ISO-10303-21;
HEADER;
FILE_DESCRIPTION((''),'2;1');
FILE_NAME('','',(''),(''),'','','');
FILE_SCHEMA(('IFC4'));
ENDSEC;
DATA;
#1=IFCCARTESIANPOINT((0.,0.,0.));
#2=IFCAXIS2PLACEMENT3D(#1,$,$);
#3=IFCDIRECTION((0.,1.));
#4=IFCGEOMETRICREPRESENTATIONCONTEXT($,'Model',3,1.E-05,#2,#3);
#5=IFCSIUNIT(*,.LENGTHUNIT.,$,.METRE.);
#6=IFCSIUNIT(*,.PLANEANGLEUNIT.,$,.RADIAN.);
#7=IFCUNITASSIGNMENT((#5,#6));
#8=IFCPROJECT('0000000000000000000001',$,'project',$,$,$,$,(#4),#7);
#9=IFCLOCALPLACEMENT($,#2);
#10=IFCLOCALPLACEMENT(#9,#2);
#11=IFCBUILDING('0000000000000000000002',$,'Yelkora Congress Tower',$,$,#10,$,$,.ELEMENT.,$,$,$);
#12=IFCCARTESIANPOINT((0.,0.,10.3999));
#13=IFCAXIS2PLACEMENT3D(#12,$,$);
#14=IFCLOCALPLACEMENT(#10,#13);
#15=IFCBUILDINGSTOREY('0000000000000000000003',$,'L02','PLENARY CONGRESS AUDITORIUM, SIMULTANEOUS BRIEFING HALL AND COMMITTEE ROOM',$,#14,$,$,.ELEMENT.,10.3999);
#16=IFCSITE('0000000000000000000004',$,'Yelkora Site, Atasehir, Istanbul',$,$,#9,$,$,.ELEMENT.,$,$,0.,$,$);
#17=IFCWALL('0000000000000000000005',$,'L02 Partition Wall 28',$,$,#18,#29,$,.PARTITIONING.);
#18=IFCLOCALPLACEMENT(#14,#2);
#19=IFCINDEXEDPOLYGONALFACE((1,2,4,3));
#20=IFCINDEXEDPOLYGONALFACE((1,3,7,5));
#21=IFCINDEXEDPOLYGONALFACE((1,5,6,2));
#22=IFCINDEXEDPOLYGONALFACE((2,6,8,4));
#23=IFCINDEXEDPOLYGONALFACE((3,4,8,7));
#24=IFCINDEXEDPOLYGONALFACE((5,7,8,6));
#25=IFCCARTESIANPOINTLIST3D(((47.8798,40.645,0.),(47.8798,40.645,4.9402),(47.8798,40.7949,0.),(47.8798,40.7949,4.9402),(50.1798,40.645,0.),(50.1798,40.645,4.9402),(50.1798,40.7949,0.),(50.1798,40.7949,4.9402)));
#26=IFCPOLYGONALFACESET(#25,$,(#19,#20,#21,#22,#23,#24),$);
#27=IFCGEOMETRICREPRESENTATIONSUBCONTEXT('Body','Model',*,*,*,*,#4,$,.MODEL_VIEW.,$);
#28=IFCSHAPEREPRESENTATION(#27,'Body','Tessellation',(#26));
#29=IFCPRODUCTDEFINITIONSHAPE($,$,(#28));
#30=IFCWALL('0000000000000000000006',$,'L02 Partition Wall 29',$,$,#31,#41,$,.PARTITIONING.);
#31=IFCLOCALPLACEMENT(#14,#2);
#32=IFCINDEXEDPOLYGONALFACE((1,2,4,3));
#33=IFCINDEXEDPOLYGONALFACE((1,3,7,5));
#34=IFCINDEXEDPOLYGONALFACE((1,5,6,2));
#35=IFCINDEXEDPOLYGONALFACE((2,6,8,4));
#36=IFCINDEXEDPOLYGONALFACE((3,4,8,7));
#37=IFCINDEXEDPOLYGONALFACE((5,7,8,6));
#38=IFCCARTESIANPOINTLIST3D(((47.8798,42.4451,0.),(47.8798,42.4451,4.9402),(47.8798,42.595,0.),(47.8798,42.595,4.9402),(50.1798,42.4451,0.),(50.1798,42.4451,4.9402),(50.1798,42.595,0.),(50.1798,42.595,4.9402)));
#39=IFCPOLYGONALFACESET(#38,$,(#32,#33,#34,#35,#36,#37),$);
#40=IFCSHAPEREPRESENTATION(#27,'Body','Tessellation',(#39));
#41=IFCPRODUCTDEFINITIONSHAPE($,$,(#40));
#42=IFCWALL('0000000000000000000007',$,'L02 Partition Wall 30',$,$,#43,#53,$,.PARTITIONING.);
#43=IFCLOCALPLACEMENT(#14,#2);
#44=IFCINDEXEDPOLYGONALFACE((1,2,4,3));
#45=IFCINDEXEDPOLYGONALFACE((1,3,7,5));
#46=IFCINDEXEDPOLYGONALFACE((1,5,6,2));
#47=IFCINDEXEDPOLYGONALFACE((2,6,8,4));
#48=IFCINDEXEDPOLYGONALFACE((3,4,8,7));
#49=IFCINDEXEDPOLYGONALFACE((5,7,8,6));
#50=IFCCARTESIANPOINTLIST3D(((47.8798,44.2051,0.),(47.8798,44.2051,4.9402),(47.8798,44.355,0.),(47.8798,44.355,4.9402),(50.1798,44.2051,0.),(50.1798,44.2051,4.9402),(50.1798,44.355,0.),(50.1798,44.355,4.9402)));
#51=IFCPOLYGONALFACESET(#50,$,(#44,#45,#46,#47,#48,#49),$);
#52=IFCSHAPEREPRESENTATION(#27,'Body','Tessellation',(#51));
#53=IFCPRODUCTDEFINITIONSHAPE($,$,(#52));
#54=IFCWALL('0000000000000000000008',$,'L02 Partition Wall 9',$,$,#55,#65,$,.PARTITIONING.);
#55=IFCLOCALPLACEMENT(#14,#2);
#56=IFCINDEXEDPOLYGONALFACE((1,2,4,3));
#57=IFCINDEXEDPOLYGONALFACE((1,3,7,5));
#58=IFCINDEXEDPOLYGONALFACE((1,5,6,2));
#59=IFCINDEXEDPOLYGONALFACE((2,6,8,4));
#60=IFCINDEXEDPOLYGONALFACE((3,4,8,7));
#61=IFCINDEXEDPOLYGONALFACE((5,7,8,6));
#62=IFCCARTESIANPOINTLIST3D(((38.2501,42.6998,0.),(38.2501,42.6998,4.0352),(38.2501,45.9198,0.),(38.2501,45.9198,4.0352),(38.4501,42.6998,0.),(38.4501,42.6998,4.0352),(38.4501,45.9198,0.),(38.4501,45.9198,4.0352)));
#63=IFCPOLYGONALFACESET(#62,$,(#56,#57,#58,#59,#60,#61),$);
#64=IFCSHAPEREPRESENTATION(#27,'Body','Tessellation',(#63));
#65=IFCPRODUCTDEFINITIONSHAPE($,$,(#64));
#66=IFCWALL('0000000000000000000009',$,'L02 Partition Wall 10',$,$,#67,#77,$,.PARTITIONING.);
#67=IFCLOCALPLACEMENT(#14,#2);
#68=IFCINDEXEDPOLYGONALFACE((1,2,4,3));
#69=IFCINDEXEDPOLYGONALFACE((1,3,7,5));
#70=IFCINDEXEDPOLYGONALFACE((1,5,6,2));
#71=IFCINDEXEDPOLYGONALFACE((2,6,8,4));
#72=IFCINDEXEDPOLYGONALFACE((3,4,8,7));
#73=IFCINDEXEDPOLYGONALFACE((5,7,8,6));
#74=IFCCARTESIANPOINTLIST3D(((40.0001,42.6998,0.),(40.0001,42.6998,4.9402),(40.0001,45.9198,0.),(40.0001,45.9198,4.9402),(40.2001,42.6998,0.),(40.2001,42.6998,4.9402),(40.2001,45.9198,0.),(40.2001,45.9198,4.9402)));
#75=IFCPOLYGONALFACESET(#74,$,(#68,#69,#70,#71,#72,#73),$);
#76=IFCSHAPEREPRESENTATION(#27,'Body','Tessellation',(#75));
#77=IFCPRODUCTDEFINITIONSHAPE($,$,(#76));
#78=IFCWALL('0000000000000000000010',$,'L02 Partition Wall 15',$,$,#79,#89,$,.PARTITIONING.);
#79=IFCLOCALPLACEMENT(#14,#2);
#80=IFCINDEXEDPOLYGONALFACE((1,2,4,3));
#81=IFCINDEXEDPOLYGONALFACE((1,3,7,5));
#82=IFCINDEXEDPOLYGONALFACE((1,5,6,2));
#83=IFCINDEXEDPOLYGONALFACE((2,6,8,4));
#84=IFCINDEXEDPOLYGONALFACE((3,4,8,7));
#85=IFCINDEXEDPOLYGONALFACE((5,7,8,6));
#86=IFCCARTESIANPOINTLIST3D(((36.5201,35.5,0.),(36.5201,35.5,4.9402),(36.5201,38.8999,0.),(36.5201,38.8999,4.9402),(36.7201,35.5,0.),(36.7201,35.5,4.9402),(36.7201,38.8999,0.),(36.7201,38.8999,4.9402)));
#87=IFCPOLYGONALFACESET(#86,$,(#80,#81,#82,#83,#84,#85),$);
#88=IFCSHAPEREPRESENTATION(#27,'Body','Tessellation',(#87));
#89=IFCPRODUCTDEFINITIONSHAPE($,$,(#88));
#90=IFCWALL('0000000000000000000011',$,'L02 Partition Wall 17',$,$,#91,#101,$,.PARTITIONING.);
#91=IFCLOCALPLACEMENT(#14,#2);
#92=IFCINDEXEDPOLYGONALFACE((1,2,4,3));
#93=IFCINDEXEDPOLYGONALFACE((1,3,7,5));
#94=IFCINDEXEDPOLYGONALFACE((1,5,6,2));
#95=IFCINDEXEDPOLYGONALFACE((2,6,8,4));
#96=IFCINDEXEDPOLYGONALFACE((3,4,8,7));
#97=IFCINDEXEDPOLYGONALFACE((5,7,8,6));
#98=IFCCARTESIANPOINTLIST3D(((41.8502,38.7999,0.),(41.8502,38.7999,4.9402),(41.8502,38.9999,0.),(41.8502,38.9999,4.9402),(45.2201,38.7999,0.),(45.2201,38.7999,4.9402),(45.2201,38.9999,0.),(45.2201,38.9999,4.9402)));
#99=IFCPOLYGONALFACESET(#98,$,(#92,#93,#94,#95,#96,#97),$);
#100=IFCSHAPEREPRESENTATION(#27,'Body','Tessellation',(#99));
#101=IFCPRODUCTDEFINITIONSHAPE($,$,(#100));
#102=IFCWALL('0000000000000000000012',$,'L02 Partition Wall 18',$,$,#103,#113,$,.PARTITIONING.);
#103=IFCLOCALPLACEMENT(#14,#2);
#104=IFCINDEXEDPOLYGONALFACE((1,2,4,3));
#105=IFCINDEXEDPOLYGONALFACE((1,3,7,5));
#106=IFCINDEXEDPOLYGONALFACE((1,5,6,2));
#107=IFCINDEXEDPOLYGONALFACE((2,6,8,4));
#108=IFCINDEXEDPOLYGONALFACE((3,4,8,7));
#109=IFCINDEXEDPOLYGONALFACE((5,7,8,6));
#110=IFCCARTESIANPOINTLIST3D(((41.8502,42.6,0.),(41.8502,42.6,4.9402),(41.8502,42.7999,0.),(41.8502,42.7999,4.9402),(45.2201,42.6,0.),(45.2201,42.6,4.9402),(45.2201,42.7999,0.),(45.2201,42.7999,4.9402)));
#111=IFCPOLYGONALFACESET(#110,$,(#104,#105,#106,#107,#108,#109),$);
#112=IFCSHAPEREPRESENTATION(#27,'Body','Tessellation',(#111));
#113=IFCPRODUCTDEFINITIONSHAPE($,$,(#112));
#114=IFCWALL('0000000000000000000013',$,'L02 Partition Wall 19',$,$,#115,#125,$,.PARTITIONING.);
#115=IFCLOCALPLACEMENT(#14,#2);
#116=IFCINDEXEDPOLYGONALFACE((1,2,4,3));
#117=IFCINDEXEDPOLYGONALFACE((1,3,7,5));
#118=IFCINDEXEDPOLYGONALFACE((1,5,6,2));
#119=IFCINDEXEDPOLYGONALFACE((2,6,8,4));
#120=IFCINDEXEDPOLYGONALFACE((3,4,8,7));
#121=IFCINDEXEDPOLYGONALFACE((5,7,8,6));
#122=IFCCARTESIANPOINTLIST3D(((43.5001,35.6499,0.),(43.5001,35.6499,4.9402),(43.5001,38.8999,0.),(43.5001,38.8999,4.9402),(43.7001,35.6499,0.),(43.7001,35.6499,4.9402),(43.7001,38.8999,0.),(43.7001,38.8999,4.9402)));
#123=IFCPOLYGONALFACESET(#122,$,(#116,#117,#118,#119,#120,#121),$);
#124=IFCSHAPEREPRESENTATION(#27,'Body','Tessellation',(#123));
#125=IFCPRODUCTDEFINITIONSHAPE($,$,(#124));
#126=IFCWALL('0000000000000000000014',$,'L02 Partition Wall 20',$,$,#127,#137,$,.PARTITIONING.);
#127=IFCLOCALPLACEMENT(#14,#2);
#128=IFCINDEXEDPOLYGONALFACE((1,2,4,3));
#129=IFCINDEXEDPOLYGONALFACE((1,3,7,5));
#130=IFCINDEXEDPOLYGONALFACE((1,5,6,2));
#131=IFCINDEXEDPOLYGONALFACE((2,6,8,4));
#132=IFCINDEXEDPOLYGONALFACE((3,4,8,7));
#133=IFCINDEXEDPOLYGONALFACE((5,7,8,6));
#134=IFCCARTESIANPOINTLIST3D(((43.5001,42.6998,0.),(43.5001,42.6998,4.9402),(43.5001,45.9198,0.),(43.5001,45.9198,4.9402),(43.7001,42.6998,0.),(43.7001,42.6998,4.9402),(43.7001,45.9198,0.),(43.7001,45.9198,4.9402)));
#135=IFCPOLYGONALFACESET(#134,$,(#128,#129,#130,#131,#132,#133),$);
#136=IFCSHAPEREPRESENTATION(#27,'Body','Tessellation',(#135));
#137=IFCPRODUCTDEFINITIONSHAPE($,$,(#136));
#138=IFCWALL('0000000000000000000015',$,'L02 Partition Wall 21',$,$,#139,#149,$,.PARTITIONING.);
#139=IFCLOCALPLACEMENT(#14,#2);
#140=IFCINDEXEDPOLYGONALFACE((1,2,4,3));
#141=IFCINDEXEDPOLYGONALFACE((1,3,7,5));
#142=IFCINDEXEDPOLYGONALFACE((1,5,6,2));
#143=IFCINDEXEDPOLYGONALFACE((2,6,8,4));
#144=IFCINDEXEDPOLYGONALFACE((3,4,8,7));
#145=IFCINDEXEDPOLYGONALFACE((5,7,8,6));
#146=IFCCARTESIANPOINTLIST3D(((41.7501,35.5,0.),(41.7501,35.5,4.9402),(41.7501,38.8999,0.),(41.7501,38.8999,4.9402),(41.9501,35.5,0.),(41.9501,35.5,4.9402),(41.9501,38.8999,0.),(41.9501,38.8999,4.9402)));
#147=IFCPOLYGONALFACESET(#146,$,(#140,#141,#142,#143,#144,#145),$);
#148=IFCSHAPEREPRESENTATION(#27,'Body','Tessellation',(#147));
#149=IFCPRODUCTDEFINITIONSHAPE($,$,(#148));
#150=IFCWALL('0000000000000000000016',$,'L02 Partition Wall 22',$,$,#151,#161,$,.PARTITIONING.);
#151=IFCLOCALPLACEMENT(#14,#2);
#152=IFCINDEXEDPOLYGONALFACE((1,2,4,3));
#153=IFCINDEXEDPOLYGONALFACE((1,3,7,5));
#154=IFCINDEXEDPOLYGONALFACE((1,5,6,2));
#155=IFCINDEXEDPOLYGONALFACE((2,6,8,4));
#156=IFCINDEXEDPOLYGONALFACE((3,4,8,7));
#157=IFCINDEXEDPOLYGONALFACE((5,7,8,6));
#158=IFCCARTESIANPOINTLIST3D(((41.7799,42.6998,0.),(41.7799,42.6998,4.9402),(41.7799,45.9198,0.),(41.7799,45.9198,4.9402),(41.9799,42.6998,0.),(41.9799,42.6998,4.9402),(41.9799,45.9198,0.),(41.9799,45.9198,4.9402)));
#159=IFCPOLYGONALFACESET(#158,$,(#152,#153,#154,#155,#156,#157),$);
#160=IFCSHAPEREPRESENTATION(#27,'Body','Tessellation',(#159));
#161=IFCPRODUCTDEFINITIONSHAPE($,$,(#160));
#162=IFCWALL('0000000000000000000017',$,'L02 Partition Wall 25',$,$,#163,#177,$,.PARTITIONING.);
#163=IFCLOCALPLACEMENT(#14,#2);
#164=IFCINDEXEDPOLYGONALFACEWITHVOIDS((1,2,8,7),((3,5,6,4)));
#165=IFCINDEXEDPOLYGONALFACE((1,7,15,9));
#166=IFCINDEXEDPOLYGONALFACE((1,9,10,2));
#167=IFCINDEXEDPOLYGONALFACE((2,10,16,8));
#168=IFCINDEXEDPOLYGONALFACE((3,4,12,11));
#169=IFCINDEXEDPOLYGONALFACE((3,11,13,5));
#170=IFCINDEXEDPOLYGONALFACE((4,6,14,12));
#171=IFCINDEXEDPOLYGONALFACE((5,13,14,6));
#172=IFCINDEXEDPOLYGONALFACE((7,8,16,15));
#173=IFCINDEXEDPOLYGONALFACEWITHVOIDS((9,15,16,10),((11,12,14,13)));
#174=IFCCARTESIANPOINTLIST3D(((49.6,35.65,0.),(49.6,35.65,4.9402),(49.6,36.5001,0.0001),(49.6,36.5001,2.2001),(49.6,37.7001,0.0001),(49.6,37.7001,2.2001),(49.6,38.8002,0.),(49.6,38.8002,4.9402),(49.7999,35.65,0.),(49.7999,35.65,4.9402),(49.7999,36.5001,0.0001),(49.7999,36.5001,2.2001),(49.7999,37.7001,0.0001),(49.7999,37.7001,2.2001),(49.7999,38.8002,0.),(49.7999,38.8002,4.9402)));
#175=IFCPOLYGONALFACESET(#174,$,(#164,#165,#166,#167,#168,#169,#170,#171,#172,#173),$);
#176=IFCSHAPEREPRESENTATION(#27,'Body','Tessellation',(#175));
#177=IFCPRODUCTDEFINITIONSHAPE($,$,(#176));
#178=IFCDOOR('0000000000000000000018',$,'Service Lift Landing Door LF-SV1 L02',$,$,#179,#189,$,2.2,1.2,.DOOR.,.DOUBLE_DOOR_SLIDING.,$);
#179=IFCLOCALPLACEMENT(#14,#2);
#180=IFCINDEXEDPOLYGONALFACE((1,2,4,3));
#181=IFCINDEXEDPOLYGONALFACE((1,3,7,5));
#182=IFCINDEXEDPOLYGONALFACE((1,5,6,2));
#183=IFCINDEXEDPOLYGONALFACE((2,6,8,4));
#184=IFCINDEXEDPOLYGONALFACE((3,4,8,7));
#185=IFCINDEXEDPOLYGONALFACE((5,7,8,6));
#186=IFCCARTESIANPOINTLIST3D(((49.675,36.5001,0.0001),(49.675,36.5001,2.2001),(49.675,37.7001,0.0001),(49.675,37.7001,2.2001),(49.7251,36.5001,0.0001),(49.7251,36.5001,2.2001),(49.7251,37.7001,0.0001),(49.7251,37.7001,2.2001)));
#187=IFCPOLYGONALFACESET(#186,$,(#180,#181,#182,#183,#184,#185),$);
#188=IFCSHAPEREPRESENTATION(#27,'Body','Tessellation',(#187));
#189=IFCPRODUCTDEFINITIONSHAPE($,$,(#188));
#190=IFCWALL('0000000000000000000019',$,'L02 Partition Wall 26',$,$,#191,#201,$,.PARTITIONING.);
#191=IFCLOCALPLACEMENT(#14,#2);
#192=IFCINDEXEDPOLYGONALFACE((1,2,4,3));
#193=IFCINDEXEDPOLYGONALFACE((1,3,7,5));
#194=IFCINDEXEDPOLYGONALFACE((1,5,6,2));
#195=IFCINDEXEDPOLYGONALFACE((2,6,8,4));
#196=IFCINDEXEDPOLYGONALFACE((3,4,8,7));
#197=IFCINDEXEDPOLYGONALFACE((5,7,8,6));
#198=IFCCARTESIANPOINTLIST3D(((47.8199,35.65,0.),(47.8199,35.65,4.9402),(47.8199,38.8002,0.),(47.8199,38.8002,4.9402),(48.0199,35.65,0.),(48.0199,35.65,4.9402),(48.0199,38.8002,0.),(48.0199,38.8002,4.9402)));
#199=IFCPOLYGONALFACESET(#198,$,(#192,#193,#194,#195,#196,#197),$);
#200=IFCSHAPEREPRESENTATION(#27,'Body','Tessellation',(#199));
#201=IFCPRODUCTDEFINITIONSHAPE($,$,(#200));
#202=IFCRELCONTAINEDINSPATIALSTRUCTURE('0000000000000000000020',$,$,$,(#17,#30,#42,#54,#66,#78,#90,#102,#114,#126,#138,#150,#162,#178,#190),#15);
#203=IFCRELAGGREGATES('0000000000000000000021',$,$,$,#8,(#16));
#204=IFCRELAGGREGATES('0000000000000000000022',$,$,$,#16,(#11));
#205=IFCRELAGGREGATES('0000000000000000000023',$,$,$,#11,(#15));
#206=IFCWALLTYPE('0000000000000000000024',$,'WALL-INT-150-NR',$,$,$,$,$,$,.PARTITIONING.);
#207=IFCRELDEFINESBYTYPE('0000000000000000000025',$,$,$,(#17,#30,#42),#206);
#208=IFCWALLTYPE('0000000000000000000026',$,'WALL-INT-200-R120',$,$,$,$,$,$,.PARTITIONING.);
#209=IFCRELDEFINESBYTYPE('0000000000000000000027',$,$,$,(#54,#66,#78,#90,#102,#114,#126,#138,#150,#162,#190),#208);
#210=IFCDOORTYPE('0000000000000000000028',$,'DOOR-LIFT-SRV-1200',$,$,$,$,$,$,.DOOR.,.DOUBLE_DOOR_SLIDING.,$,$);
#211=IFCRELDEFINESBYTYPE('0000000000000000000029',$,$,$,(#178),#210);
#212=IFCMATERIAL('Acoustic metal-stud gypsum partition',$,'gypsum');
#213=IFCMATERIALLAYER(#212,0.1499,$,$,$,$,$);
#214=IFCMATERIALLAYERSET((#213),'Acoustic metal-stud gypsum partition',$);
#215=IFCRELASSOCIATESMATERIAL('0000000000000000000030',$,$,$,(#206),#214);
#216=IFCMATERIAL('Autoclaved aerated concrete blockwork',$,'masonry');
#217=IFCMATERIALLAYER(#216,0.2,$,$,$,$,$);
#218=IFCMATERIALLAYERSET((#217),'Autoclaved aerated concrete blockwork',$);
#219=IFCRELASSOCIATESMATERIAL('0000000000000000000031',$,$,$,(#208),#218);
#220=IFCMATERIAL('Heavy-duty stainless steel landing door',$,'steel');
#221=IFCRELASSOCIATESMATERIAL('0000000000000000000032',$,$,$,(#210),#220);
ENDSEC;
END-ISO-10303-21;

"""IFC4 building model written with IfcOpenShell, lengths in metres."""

from ifc_helpers import new_model, si_unit, direction, frame, frame_2d, origin, place, context, subcontext, project, spatial, rectangle, extrude, material, layer, layer_set, type_object, element, fill, save


model = new_model("IFC4")

# Units and contexts
model_context = context("Model", 3, precision=1e-05, world=origin(), true_north=direction((0.0, 1.0)))
body_context = subcontext(model_context, "Body", "Model", "MODEL_VIEW")
ifc_project = project(units=[si_unit("LENGTHUNIT", "METRE"), si_unit("PLANEANGLEUNIT", "RADIAN")], contexts=[model_context])

# Site, building, storey
site_placement = place(None, origin())
site = spatial("IfcSite", under=ifc_project, at=site_placement, Name="Yelkora Site, Atasehir, Istanbul", CompositionType="ELEMENT", RefElevation=0.0)
building_placement = place(site_placement, origin())
building = spatial("IfcBuilding", under=site, at=building_placement, Name="Yelkora Congress Tower", CompositionType="ELEMENT")
storey_placement = place(building_placement, frame((0.0, 0.0, 10.3999)))
storey = spatial("IfcBuildingStorey", under=building, at=storey_placement, Name="L02", Description="PLENARY CONGRESS AUDITORIUM, SIMULTANEOUS BRIEFING HALL AND COMMITTEE ROOM", CompositionType="ELEMENT", Elevation=10.3999)

# Walls
ifc_material_1 = material(Name="Acoustic metal-stud gypsum partition", Category="gypsum")
ifc_layer_1 = layer(ifc_material_1, 0.1499)
ifc_layer_set_1 = layer_set([ifc_layer_1], Name="Acoustic metal-stud gypsum partition")
wall_type_1 = type_object("IfcWallType", Name="WALL-INT-150-NR", PredefinedType="PARTITIONING", material=ifc_layer_set_1)
for number, where, z_axis, x_axis, name in (
    (1, (47.8799, 40.72, 0.0), (0.0, 0.0, 1.0), (1.0, 0.0, 0.0), "L02 Partition Wall 28"),
    (2, (47.8799, 42.52, 0.0), (0.0, 0.0, 1.0), (1.0, 0.0, 0.0), "L02 Partition Wall 29"),
    (3, (47.8799, 44.28, 0.0), (0.0, 0.0, 1.0), (1.0, 0.0, 0.0), "L02 Partition Wall 30"),
):
    element("IfcWall", number, at=place(storey_placement, frame(where, z_axis=z_axis, x_axis=x_axis)), inside=storey, type_object=wall_type_1, Name=name, PredefinedType="PARTITIONING", context=body_context, shape_type="SweptSolid", body=[
        extrude(rectangle(XDim=2.3, YDim=0.1499, at=frame_2d((1.1499, 0.0))), origin(), (0.0, 0.0, 1.0), 4.9402),
    ])

# Walls
ifc_material_2 = material(Name="Autoclaved aerated concrete blockwork", Category="masonry")
ifc_layer_2 = layer(ifc_material_2, 0.2)
ifc_layer_set_2 = layer_set([ifc_layer_2], Name="Autoclaved aerated concrete blockwork")
wall_type_2 = type_object("IfcWallType", Name="WALL-INT-200-R120", PredefinedType="PARTITIONING", material=ifc_layer_set_2)
wall_1_placement = place(storey_placement, frame((38.3501, 42.7, 0.0), z_axis=(0.0, 0.0, 1.0), x_axis=(0.0, 1.0, 0.0)))
element("IfcWall", 4, at=wall_1_placement, inside=storey, type_object=wall_type_2, Name="L02 Partition Wall 9", PredefinedType="PARTITIONING", context=body_context, shape_type="SweptSolid", body=[
    extrude(rectangle(XDim=3.22, YDim=0.2, at=frame_2d((1.6099, 0.0))), origin(), (0.0, 0.0, 1.0), 4.0352),
])
wall_2_placement = place(storey_placement, frame((40.1001, 42.7, 0.0), z_axis=(0.0, 0.0, 1.0), x_axis=(0.0, 1.0, 0.0)))
element("IfcWall", 5, at=wall_2_placement, inside=storey, type_object=wall_type_2, Name="L02 Partition Wall 10", PredefinedType="PARTITIONING", context=body_context, shape_type="SweptSolid", body=[
    extrude(rectangle(XDim=3.22, YDim=0.2, at=frame_2d((1.6099, 0.0))), origin(), (0.0, 0.0, 1.0), 4.9402),
])
wall_3_placement = place(storey_placement, frame((36.6201, 35.5, 0.0), z_axis=(0.0, 0.0, 1.0), x_axis=(0.0, 1.0, 0.0)))
element("IfcWall", 6, at=wall_3_placement, inside=storey, type_object=wall_type_2, Name="L02 Partition Wall 15", PredefinedType="PARTITIONING", context=body_context, shape_type="SweptSolid", body=[
    extrude(rectangle(XDim=3.3999, YDim=0.2, at=frame_2d((1.7, 0.0))), origin(), (0.0, 0.0, 1.0), 4.9402),
])
for number, where, z_axis, x_axis, name in (
    (7, (41.8501, 38.8999, 0.0), (0.0, 0.0, 1.0), (1.0, 0.0, 0.0), "L02 Partition Wall 17"),
    (8, (41.8501, 42.7, 0.0), (0.0, 0.0, 1.0), (1.0, 0.0, 0.0), "L02 Partition Wall 18"),
):
    element("IfcWall", number, at=place(storey_placement, frame(where, z_axis=z_axis, x_axis=x_axis)), inside=storey, type_object=wall_type_2, Name=name, PredefinedType="PARTITIONING", context=body_context, shape_type="SweptSolid", body=[
        extrude(rectangle(XDim=3.3699, YDim=0.2, at=frame_2d((1.6851, 0.0))), origin(), (0.0, 0.0, 1.0), 4.9402),
    ])
wall_4_placement = place(storey_placement, frame((43.6001, 35.6499, 0.0), z_axis=(0.0, 0.0, 1.0), x_axis=(0.0, 1.0, 0.0)))
element("IfcWall", 9, at=wall_4_placement, inside=storey, type_object=wall_type_2, Name="L02 Partition Wall 19", PredefinedType="PARTITIONING", context=body_context, shape_type="SweptSolid", body=[
    extrude(rectangle(XDim=3.25, YDim=0.2, at=frame_2d((1.625, 0.0))), origin(), (0.0, 0.0, 1.0), 4.9402),
])
wall_5_placement = place(storey_placement, frame((43.6001, 42.7, 0.0), z_axis=(0.0, 0.0, 1.0), x_axis=(0.0, 1.0, 0.0)))
element("IfcWall", 10, at=wall_5_placement, inside=storey, type_object=wall_type_2, Name="L02 Partition Wall 20", PredefinedType="PARTITIONING", context=body_context, shape_type="SweptSolid", body=[
    extrude(rectangle(XDim=3.22, YDim=0.2, at=frame_2d((1.6099, 0.0))), origin(), (0.0, 0.0, 1.0), 4.9402),
])
wall_6_placement = place(storey_placement, frame((41.8501, 35.5, 0.0), z_axis=(0.0, 0.0, 1.0), x_axis=(0.0, 1.0, 0.0)))
element("IfcWall", 11, at=wall_6_placement, inside=storey, type_object=wall_type_2, Name="L02 Partition Wall 21", PredefinedType="PARTITIONING", context=body_context, shape_type="SweptSolid", body=[
    extrude(rectangle(XDim=3.3999, YDim=0.2, at=frame_2d((1.7, 0.0))), origin(), (0.0, 0.0, 1.0), 4.9402),
])
wall_7_placement = place(storey_placement, frame((41.8799, 42.7, 0.0), z_axis=(0.0, 0.0, 1.0), x_axis=(0.0, 1.0, 0.0)))
element("IfcWall", 12, at=wall_7_placement, inside=storey, type_object=wall_type_2, Name="L02 Partition Wall 22", PredefinedType="PARTITIONING", context=body_context, shape_type="SweptSolid", body=[
    extrude(rectangle(XDim=3.22, YDim=0.2, at=frame_2d((1.6099, 0.0))), origin(), (0.0, 0.0, 1.0), 4.9402),
])

# Wall, opening, door
wall_8_placement = place(storey_placement, frame((49.7, 35.6499, 0.0), z_axis=(0.0, 0.0, 1.0), x_axis=(0.0, 1.0, 0.0)))
wall_8 = element("IfcWall", 13, at=wall_8_placement, inside=storey, type_object=wall_type_2, Name="L02 Partition Wall 25", PredefinedType="PARTITIONING", context=body_context, shape_type="SweptSolid", body=[
    extrude(rectangle(XDim=3.1501, YDim=0.2, at=frame_2d((1.5752, 0.0))), origin(), (0.0, 0.0, 1.0), 4.9402),
])
opening_1_placement = place(wall_8_placement, frame((0.8501, 0.0, 0.0)))
opening_1 = element("IfcOpeningElement", 14, at=opening_1_placement, cuts=wall_8, PredefinedType="OPENING", context=body_context, shape_type="SweptSolid", body=[
    extrude(rectangle(XDim=1.2, YDim=2.2, at=frame_2d((0.6001, 1.1001))), frame((0.0, 0.1099, 0.0), z_axis=(0.0, -1.0, 0.0), x_axis=(1.0, 0.0, 0.0)), (0.0, 0.0, 1.0), 0.22),
])
ifc_material_3 = material(Name="Heavy-duty stainless steel landing door", Category="steel")
door_type_1 = type_object("IfcDoorType", Name="DOOR-LIFT-SRV-1200", OperationType="DOUBLE_DOOR_SLIDING", PredefinedType="DOOR", material=ifc_material_3)
door_1_placement = place(opening_1_placement, origin())
door_1 = element("IfcDoor", 15, at=door_1_placement, inside=storey, type_object=door_type_1, Name="Service Lift Landing Door LF-SV1 L02", OperationType="DOUBLE_DOOR_SLIDING", OverallHeight=2.2, OverallWidth=1.2, PredefinedType="DOOR", context=body_context, shape_type="SweptSolid", body=[
    extrude(rectangle(XDim=1.2, YDim=2.2, at=frame_2d((0.6001, 1.1001))), frame((0.0, 0.0249, 0.0), z_axis=(0.0, -1.0, 0.0), x_axis=(1.0, 0.0, 0.0)), (0.0, 0.0, 1.0), 0.05),
])
fill(opening_1, door_1)

# Wall
wall_9_placement = place(storey_placement, frame((47.9199, 35.6499, 0.0), z_axis=(0.0, 0.0, 1.0), x_axis=(0.0, 1.0, 0.0)))
element("IfcWall", 16, at=wall_9_placement, inside=storey, type_object=wall_type_2, Name="L02 Partition Wall 26", PredefinedType="PARTITIONING", context=body_context, shape_type="SweptSolid", body=[
    extrude(rectangle(XDim=3.1501, YDim=0.2, at=frame_2d((1.5752, 0.0))), origin(), (0.0, 0.0, 1.0), 4.9402),
])

save(model, "model.ifc")
